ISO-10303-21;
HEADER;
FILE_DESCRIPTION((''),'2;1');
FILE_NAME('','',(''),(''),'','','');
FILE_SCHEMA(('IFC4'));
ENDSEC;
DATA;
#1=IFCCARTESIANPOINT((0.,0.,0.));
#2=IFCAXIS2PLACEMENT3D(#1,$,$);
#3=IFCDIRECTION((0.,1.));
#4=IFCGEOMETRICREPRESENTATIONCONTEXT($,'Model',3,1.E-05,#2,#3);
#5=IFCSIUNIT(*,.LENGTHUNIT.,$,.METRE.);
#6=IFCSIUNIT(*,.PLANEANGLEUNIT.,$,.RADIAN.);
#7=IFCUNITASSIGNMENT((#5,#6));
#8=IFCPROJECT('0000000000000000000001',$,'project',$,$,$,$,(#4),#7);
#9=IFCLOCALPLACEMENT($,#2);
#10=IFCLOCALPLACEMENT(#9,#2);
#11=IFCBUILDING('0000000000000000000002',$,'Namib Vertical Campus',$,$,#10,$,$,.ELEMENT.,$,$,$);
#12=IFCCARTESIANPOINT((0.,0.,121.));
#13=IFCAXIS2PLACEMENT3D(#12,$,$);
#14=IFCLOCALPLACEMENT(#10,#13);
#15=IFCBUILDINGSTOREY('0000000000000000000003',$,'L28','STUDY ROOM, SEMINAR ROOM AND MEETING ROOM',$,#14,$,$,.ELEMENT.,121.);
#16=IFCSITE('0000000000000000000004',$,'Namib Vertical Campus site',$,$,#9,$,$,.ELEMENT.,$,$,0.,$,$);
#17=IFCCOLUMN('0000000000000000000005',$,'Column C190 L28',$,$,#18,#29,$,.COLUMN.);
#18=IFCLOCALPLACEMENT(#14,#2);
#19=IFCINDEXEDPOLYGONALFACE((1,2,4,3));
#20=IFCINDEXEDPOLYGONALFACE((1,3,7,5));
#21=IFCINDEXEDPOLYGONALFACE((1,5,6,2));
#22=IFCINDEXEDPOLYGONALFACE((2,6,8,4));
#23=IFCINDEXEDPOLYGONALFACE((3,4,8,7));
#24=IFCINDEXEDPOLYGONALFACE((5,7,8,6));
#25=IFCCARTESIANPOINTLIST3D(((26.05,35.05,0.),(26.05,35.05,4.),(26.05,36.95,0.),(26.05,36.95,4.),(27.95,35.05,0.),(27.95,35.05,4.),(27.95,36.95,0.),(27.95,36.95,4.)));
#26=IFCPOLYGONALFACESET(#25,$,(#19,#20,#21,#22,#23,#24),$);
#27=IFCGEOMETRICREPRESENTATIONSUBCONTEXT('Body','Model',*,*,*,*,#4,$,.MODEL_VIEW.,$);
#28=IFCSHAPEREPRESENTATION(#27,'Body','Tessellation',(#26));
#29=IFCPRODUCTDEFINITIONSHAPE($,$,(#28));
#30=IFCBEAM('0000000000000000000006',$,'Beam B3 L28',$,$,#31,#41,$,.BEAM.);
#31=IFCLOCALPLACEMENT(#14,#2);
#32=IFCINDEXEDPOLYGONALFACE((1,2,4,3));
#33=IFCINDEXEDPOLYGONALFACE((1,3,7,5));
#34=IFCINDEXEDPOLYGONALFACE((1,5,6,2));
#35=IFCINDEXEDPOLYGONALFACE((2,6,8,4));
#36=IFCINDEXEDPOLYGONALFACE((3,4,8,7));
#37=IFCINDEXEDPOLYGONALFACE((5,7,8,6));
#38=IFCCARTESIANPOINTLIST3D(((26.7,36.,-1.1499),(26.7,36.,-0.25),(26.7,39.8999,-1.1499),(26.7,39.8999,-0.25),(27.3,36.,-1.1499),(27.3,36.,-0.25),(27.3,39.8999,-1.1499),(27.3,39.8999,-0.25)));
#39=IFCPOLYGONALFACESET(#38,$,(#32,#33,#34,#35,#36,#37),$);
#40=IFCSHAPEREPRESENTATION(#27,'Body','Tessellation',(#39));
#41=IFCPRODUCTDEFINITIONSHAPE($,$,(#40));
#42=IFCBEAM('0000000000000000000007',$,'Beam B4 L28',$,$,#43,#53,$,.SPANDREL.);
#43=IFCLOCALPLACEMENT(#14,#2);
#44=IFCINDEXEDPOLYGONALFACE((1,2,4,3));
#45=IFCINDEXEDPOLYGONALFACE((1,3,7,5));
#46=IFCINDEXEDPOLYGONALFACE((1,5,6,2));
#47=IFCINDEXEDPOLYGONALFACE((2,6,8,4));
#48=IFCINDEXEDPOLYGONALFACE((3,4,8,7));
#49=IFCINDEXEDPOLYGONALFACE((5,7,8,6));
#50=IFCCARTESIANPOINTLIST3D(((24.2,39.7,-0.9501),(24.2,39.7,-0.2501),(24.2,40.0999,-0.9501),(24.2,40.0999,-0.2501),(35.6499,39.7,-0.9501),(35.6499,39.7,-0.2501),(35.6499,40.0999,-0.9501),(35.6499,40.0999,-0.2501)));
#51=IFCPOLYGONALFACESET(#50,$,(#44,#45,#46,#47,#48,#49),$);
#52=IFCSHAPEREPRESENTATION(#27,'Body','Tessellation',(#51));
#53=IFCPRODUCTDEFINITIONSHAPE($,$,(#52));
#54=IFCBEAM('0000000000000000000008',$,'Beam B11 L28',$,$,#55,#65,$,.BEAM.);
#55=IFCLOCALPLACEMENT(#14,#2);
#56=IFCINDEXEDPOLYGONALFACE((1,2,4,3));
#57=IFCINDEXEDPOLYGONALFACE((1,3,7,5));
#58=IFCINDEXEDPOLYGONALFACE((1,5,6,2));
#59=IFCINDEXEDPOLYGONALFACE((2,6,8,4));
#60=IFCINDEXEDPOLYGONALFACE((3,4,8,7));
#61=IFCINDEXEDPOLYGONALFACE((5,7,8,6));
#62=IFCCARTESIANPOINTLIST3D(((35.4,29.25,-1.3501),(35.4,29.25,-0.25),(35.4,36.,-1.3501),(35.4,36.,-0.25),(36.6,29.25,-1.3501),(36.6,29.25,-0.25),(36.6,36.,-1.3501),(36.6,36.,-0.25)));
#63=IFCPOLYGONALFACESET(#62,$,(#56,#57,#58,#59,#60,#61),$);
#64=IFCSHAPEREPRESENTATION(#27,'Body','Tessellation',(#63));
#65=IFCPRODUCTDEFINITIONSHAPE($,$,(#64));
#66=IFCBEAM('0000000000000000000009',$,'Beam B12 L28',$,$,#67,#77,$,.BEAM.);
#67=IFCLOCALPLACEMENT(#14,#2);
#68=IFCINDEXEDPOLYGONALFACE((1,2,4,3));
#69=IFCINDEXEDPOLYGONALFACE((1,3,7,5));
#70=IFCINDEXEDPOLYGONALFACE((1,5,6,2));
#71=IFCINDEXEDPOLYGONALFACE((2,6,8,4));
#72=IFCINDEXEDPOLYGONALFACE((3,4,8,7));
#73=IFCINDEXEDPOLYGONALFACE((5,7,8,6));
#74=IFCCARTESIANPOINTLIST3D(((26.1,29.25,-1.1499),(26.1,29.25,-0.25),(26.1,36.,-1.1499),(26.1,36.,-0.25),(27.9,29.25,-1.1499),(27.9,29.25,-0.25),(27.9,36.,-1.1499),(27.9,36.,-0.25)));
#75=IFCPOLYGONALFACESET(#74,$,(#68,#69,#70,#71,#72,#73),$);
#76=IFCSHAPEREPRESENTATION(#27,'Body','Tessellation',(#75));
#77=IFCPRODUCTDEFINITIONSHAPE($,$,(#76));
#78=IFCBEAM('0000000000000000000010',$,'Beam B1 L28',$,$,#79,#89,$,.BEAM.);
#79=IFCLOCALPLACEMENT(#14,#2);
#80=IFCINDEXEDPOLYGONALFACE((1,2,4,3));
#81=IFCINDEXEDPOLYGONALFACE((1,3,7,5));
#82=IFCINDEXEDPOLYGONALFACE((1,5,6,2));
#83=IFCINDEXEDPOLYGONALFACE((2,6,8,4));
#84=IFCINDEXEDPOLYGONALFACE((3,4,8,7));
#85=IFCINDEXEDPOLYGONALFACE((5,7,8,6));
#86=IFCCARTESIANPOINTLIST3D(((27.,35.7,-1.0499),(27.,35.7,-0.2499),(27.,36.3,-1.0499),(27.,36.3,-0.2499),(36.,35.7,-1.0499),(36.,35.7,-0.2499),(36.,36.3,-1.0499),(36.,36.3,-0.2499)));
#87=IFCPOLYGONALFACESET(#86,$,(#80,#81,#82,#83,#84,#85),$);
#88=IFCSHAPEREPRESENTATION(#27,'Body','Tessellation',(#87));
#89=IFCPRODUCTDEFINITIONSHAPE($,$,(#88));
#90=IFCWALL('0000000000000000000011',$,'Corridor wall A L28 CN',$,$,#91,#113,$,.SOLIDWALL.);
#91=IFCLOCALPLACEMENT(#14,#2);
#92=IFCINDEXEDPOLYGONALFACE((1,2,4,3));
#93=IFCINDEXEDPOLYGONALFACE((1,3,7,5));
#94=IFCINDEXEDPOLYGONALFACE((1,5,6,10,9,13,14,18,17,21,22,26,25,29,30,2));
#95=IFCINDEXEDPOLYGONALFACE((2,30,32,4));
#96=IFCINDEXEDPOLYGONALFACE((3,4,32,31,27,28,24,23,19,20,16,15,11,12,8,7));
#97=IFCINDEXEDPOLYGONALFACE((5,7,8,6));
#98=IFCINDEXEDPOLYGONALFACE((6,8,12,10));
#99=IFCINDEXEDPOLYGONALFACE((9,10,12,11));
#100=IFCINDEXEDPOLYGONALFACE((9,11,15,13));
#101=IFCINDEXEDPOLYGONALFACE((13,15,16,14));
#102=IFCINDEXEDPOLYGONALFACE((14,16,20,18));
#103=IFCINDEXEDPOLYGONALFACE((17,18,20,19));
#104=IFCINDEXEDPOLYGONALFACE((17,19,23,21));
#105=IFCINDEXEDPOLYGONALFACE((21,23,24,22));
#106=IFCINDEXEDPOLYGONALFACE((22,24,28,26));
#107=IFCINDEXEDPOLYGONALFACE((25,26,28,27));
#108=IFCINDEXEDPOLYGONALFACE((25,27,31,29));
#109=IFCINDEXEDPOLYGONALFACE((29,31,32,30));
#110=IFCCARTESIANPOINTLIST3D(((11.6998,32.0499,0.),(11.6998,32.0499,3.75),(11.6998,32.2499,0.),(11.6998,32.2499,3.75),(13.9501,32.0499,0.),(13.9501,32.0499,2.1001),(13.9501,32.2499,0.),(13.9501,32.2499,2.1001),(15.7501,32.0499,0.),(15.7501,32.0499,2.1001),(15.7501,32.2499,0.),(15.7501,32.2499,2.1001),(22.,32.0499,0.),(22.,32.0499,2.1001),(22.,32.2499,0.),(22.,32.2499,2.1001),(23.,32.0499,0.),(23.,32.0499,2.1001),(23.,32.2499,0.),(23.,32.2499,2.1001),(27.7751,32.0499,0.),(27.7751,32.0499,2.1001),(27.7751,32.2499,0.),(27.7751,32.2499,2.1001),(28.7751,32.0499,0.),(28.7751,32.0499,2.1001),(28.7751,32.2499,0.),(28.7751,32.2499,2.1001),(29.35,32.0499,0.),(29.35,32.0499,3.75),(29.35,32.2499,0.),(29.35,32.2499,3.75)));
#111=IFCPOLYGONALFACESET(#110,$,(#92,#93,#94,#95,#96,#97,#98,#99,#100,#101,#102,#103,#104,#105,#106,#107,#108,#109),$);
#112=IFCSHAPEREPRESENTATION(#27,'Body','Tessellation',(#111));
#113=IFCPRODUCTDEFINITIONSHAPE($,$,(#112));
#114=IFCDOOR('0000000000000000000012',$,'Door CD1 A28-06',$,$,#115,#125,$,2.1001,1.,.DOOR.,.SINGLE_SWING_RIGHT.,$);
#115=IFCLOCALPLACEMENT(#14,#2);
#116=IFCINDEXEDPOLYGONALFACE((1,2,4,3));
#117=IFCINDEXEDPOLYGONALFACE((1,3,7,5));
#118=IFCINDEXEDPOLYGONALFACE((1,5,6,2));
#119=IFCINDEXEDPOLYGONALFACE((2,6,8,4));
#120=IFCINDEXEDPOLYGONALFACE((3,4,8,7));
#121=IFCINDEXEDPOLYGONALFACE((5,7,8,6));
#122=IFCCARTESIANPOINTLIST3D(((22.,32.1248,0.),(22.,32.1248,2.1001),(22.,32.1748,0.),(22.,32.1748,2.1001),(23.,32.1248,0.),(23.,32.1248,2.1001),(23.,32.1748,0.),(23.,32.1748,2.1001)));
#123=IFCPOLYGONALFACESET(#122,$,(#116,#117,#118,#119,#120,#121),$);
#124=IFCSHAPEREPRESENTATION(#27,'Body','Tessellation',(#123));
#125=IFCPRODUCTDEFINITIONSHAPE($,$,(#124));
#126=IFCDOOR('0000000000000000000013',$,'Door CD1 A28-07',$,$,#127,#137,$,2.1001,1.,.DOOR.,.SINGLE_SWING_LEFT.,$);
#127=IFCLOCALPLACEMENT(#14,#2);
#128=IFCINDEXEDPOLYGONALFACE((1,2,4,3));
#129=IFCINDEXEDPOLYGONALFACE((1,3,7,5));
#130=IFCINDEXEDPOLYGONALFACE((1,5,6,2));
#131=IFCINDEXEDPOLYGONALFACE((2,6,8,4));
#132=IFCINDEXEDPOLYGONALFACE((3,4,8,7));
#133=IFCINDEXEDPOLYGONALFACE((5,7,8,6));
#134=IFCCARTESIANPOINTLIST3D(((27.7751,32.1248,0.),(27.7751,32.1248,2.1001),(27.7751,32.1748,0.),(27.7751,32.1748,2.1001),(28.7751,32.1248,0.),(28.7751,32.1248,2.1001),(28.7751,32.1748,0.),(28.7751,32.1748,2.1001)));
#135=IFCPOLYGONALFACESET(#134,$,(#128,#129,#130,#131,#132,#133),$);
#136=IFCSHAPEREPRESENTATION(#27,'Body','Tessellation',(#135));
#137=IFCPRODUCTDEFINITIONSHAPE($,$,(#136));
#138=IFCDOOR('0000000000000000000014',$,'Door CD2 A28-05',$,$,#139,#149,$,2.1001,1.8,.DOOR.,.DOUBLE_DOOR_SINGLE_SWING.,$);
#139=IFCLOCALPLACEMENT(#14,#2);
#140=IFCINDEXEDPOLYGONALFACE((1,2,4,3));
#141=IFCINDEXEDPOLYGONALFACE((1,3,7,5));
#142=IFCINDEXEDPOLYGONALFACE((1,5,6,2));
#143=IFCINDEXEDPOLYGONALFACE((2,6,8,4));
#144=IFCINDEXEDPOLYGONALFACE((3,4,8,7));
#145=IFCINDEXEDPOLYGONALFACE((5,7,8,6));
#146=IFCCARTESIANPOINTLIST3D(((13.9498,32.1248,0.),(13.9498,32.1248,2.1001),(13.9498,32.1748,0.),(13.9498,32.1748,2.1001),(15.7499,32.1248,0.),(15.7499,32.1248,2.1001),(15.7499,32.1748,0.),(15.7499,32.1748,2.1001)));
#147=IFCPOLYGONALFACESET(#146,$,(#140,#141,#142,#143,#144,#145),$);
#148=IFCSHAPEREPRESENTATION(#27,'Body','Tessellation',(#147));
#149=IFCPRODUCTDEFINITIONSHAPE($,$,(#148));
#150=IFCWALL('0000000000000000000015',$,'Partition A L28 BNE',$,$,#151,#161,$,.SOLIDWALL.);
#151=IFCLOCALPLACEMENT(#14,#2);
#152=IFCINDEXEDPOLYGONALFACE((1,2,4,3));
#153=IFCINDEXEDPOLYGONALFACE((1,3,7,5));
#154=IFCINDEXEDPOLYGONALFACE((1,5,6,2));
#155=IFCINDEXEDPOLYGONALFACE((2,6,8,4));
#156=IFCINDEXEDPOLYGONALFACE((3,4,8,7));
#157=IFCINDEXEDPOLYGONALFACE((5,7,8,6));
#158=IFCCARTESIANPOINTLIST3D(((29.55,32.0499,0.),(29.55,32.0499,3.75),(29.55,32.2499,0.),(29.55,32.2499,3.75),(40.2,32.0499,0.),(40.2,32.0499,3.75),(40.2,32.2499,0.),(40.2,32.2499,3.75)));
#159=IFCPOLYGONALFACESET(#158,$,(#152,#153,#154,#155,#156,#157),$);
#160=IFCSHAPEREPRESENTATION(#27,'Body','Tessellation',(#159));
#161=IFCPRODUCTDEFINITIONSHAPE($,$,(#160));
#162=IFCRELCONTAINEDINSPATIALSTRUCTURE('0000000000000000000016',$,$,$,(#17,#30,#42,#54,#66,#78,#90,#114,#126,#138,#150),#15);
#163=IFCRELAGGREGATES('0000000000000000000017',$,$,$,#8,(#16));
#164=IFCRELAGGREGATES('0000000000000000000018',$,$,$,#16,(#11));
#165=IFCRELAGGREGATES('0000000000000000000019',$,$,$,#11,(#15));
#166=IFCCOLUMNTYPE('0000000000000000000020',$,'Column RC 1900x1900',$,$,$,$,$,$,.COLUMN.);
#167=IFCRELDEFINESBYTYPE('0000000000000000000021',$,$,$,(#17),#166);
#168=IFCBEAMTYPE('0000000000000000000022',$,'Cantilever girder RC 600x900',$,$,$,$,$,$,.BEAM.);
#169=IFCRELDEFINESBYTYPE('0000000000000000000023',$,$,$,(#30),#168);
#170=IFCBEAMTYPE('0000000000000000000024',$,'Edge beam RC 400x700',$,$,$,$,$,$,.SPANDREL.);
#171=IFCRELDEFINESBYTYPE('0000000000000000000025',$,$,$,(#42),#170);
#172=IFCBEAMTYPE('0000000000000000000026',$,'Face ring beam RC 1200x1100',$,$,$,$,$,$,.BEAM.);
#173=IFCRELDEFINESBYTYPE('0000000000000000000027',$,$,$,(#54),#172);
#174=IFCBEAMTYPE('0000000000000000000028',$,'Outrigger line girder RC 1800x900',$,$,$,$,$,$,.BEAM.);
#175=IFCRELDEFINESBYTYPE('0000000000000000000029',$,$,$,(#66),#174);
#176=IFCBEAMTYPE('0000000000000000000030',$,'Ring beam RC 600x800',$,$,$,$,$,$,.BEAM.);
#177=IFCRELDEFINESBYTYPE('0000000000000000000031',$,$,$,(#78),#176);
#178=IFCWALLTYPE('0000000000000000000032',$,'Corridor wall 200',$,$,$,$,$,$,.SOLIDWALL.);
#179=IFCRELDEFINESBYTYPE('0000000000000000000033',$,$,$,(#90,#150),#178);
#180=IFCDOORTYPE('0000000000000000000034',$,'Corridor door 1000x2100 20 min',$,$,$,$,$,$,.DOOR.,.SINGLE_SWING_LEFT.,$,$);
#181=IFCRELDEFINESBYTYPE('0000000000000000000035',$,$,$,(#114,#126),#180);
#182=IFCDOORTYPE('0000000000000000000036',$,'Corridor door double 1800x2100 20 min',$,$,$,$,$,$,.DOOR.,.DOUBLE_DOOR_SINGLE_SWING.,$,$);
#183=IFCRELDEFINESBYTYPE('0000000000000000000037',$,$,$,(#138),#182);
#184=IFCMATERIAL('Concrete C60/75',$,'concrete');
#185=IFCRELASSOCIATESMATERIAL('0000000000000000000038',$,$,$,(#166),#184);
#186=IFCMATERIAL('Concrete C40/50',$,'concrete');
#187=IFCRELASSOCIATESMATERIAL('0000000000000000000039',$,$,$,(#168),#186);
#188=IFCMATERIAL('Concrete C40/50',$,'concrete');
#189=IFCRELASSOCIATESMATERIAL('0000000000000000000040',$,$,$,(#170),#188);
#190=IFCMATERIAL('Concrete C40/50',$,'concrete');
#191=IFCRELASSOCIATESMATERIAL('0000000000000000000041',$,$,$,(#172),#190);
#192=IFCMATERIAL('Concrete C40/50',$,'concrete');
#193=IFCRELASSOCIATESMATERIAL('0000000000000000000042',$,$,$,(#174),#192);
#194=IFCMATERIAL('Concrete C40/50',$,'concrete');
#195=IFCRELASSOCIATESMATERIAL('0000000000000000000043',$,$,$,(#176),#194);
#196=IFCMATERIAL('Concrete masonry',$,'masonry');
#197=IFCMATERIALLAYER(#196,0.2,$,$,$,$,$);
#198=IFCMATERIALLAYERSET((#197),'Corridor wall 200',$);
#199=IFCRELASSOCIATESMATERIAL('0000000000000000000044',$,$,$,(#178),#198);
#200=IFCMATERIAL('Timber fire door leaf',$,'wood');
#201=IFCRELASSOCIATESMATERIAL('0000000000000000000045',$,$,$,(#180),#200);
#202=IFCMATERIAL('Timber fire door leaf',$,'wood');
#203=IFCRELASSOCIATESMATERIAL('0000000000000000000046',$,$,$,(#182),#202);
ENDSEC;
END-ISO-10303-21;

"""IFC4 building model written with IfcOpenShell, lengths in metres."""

from ifc_helpers import new_model, si_unit, direction, frame, frame_2d, origin, origin_2d, place, context, subcontext, project, spatial, rectangle, extrude, material, layer, layer_set, material_profile, profile_set, type_object, element, fill, save


model = new_model("IFC4")

# Units and contexts
model_context = context("Model", 3, precision=1e-05, world=origin(), true_north=direction((0.0, 1.0)))
body_context = subcontext(model_context, "Body", "Model", "MODEL_VIEW")
ifc_project = project(units=[si_unit("LENGTHUNIT", "METRE"), si_unit("PLANEANGLEUNIT", "RADIAN")], contexts=[model_context])

# Site, building, storey
site_placement = place(None, origin())
site = spatial("IfcSite", under=ifc_project, at=site_placement, Name="Namib Vertical Campus site", CompositionType="ELEMENT", RefElevation=0.0)
building_placement = place(site_placement, origin())
building = spatial("IfcBuilding", under=site, at=building_placement, Name="Namib Vertical Campus", CompositionType="ELEMENT")
storey_placement = place(building_placement, frame((0.0, 0.0, 121.0)))
storey = spatial("IfcBuildingStorey", under=building, at=storey_placement, Name="L28", Description="STUDY ROOM, SEMINAR ROOM AND MEETING ROOM", CompositionType="ELEMENT", Elevation=121.0)

# Column
ifc_material_1 = material(Name="Concrete C60/75", Category="concrete")
ifc_material_profile_1 = material_profile(ifc_material_1, rectangle(XDim=1.8999, YDim=1.8999, at=origin_2d()))
ifc_profile_set_1 = profile_set([ifc_material_profile_1], Name="Concrete C60/75")
column_type = type_object("IfcColumnType", Name="Column RC 1900x1900", PredefinedType="COLUMN", material=ifc_profile_set_1)
column_placement = place(storey_placement, frame((27.0, 36.0, 0.0), z_axis=(0.0, 0.0, 1.0), x_axis=(1.0, 0.0, 0.0)))
element("IfcColumn", 1, at=column_placement, inside=storey, type_object=column_type, Name="Column C190 L28", PredefinedType="COLUMN", context=body_context, shape_type="SweptSolid", body=[
    extrude(rectangle(XDim=1.8999, YDim=1.8999, at=origin_2d()), origin(), (0.0, 0.0, 1.0), 4.0),
])

# Beams
ifc_material_2 = material(Name="Concrete C40/50", Category="concrete")
ifc_material_profile_2 = material_profile(ifc_material_2, rectangle(XDim=0.6001, YDim=0.8999, at=origin_2d()))
ifc_profile_set_2 = profile_set([ifc_material_profile_2], Name="Concrete C40/50")
beam_type_1 = type_object("IfcBeamType", Name="Cantilever girder RC 600x900", PredefinedType="BEAM", material=ifc_profile_set_2)
beam_1_placement = place(storey_placement, frame((27.0, 36.0, -0.7), z_axis=(0.0, 1.0, 0.0), x_axis=(-1.0, 0.0, 0.0)))
element("IfcBeam", 2, at=beam_1_placement, inside=storey, type_object=beam_type_1, Name="Beam B3 L28", PredefinedType="BEAM", context=body_context, shape_type="SweptSolid", body=[
    extrude(rectangle(XDim=0.6001, YDim=0.8999, at=origin_2d()), origin(), (0.0, 0.0, 1.0), 3.8999),
])
ifc_material_3 = material(Name="Concrete C40/50", Category="concrete")
ifc_material_profile_3 = material_profile(ifc_material_3, rectangle(XDim=0.3999, YDim=0.7, at=origin_2d()))
ifc_profile_set_3 = profile_set([ifc_material_profile_3], Name="Concrete C40/50")
beam_type_2 = type_object("IfcBeamType", Name="Edge beam RC 400x700", PredefinedType="SPANDREL", material=ifc_profile_set_3)
beam_2_placement = place(storey_placement, frame((24.2, 39.8999, -0.6001), z_axis=(1.0, 0.0, 0.0), x_axis=(0.0, 1.0, 0.0)))
element("IfcBeam", 3, at=beam_2_placement, inside=storey, type_object=beam_type_2, Name="Beam B4 L28", PredefinedType="SPANDREL", context=body_context, shape_type="SweptSolid", body=[
    extrude(rectangle(XDim=0.3999, YDim=0.7, at=origin_2d()), origin(), (0.0, 0.0, 1.0), 11.45),
])
ifc_material_4 = material(Name="Concrete C40/50", Category="concrete")
ifc_material_profile_4 = material_profile(ifc_material_4, rectangle(XDim=1.2, YDim=1.1001, at=origin_2d()))
ifc_profile_set_4 = profile_set([ifc_material_profile_4], Name="Concrete C40/50")
beam_type_3 = type_object("IfcBeamType", Name="Face ring beam RC 1200x1100", PredefinedType="BEAM", material=ifc_profile_set_4)
beam_3_placement = place(storey_placement, frame((36.0, 29.25, -0.8), z_axis=(0.0, 1.0, 0.0), x_axis=(-1.0, 0.0, 0.0)))
element("IfcBeam", 4, at=beam_3_placement, inside=storey, type_object=beam_type_3, Name="Beam B11 L28", PredefinedType="BEAM", context=body_context, shape_type="SweptSolid", body=[
    extrude(rectangle(XDim=1.2, YDim=1.1001, at=origin_2d()), origin(), (0.0, 0.0, 1.0), 6.75),
])
ifc_material_5 = material(Name="Concrete C40/50", Category="concrete")
ifc_material_profile_5 = material_profile(ifc_material_5, rectangle(XDim=1.8, YDim=0.8999, at=origin_2d()))
ifc_profile_set_5 = profile_set([ifc_material_profile_5], Name="Concrete C40/50")
beam_type_4 = type_object("IfcBeamType", Name="Outrigger line girder RC 1800x900", PredefinedType="BEAM", material=ifc_profile_set_5)
beam_4_placement = place(storey_placement, frame((27.0, 36.0, -0.7), z_axis=(0.0, -1.0, 0.0), x_axis=(1.0, 0.0, 0.0)))
element("IfcBeam", 5, at=beam_4_placement, inside=storey, type_object=beam_type_4, Name="Beam B12 L28", PredefinedType="BEAM", context=body_context, shape_type="SweptSolid", body=[
    extrude(rectangle(XDim=1.8, YDim=0.8999, at=origin_2d()), origin(), (0.0, 0.0, 1.0), 6.75),
])
ifc_material_6 = material(Name="Concrete C40/50", Category="concrete")
ifc_material_profile_6 = material_profile(ifc_material_6, rectangle(XDim=0.6001, YDim=0.8, at=origin_2d()))
ifc_profile_set_6 = profile_set([ifc_material_profile_6], Name="Concrete C40/50")
beam_type_5 = type_object("IfcBeamType", Name="Ring beam RC 600x800", PredefinedType="BEAM", material=ifc_profile_set_6)
beam_5_placement = place(storey_placement, frame((27.0, 36.0, -0.6499), z_axis=(1.0, 0.0, 0.0), x_axis=(0.0, 1.0, 0.0)))
element("IfcBeam", 6, at=beam_5_placement, inside=storey, type_object=beam_type_5, Name="Beam B1 L28", PredefinedType="BEAM", context=body_context, shape_type="SweptSolid", body=[
    extrude(rectangle(XDim=0.6001, YDim=0.8, at=origin_2d()), origin(), (0.0, 0.0, 1.0), 9.0),
])

# Wall, openings, doors
ifc_material_7 = material(Name="Concrete masonry", Category="masonry")
ifc_layer_1 = layer(ifc_material_7, 0.2)
ifc_layer_set_1 = layer_set([ifc_layer_1], Name="Corridor wall 200")
wall_type_1 = type_object("IfcWallType", Name="Corridor wall 200", PredefinedType="SOLIDWALL", material=ifc_layer_set_1)
wall_1_placement = place(storey_placement, frame((29.3501, 32.1499, 0.0), z_axis=(0.0, 0.0, 1.0), x_axis=(-1.0, 0.0, 0.0)))
wall_1 = element("IfcWall", 7, at=wall_1_placement, inside=storey, type_object=wall_type_1, Name="Corridor wall A L28 CN", PredefinedType="SOLIDWALL", context=body_context, shape_type="SweptSolid", body=[
    extrude(rectangle(XDim=17.6501, YDim=0.2, at=frame_2d((8.8252, 0.0))), origin(), (0.0, 0.0, 1.0), 3.75),
])
opening_1_placement = place(wall_1_placement, frame((13.6001, 0.0, 0.0)))
opening_1 = element("IfcOpeningElement", 8, at=opening_1_placement, cuts=wall_1, PredefinedType="OPENING", context=body_context, shape_type="SweptSolid", body=[
    extrude(rectangle(XDim=1.8, YDim=2.1001, at=frame_2d((0.8999, 1.05))), frame((0.0, 0.1099, 0.0), z_axis=(0.0, -1.0, 0.0), x_axis=(1.0, 0.0, 0.0)), (0.0, 0.0, 1.0), 0.22),
])
opening_2_placement = place(wall_1_placement, frame((6.3501, 0.0, 0.0)))
opening_2 = element("IfcOpeningElement", 9, at=opening_2_placement, cuts=wall_1, PredefinedType="OPENING", context=body_context, shape_type="SweptSolid", body=[
    extrude(rectangle(XDim=1.0, YDim=2.1001, at=frame_2d((0.5, 1.05))), frame((0.0, 0.1099, 0.0), z_axis=(0.0, -1.0, 0.0), x_axis=(1.0, 0.0, 0.0)), (0.0, 0.0, 1.0), 0.22),
])
opening_3_placement = place(wall_1_placement, frame((0.575, 0.0, 0.0)))
opening_3 = element("IfcOpeningElement", 10, at=opening_3_placement, cuts=wall_1, PredefinedType="OPENING", context=body_context, shape_type="SweptSolid", body=[
    extrude(rectangle(XDim=1.0, YDim=2.1001, at=frame_2d((0.5, 1.05))), frame((0.0, 0.1099, 0.0), z_axis=(0.0, -1.0, 0.0), x_axis=(1.0, 0.0, 0.0)), (0.0, 0.0, 1.0), 0.22),
])
ifc_material_8 = material(Name="Timber fire door leaf", Category="wood")
door_type_1 = type_object("IfcDoorType", Name="Corridor door 1000x2100 20 min", OperationType="SINGLE_SWING_LEFT", PredefinedType="DOOR", material=ifc_material_8)
door_1_placement = place(opening_2_placement, frame((1.0, 0.0, 0.0), z_axis=(0.0, 0.0, 1.0), x_axis=(-1.0, 0.0, 0.0)))
door_1 = element("IfcDoor", 11, at=door_1_placement, inside=storey, type_object=door_type_1, Name="Door CD1 A28-06", OperationType="SINGLE_SWING_RIGHT", OverallHeight=2.1001, OverallWidth=1.0, PredefinedType="DOOR", context=body_context, shape_type="SweptSolid", body=[
    extrude(rectangle(XDim=1.0, YDim=2.1001, at=frame_2d((0.5, 1.05))), frame((0.0, 0.0249, 0.0), z_axis=(0.0, -1.0, 0.0), x_axis=(1.0, 0.0, 0.0)), (0.0, 0.0, 1.0), 0.05),
])
fill(opening_2, door_1)
door_2_placement = place(opening_3_placement, frame((1.0, 0.0, 0.0), z_axis=(0.0, 0.0, 1.0), x_axis=(-1.0, 0.0, 0.0)))
door_2 = element("IfcDoor", 12, at=door_2_placement, inside=storey, type_object=door_type_1, Name="Door CD1 A28-07", OperationType="SINGLE_SWING_LEFT", OverallHeight=2.1001, OverallWidth=1.0, PredefinedType="DOOR", context=body_context, shape_type="SweptSolid", body=[
    extrude(rectangle(XDim=1.0, YDim=2.1001, at=frame_2d((0.5, 1.05))), frame((0.0, 0.0249, 0.0), z_axis=(0.0, -1.0, 0.0), x_axis=(1.0, 0.0, 0.0)), (0.0, 0.0, 1.0), 0.05),
])
fill(opening_3, door_2)
ifc_material_9 = material(Name="Timber fire door leaf", Category="wood")
door_type_2 = type_object("IfcDoorType", Name="Corridor door double 1800x2100 20 min", OperationType="DOUBLE_DOOR_SINGLE_SWING", PredefinedType="DOOR", material=ifc_material_9)
door_3_placement = place(opening_1_placement, frame((1.8, 0.0, 0.0), z_axis=(0.0, 0.0, 1.0), x_axis=(-1.0, 0.0, 0.0)))
door_3 = element("IfcDoor", 13, at=door_3_placement, inside=storey, type_object=door_type_2, Name="Door CD2 A28-05", OperationType="DOUBLE_DOOR_SINGLE_SWING", OverallHeight=2.1001, OverallWidth=1.8, PredefinedType="DOOR", context=body_context, shape_type="SweptSolid", body=[
    extrude(rectangle(XDim=1.8, YDim=2.1001, at=frame_2d((0.8999, 1.05))), frame((0.0, 0.0249, 0.0), z_axis=(0.0, -1.0, 0.0), x_axis=(1.0, 0.0, 0.0)), (0.0, 0.0, 1.0), 0.05),
])
fill(opening_1, door_3)

# Wall
wall_2_placement = place(storey_placement, frame((29.55, 32.1499, 0.0), z_axis=(0.0, 0.0, 1.0), x_axis=(1.0, 0.0, 0.0)))
element("IfcWall", 14, at=wall_2_placement, inside=storey, type_object=wall_type_1, Name="Partition A L28 BNE", PredefinedType="SOLIDWALL", context=body_context, shape_type="SweptSolid", body=[
    extrude(rectangle(XDim=10.6499, YDim=0.2, at=frame_2d((5.325, 0.0))), origin(), (0.0, 0.0, 1.0), 3.75),
])

save(model, "model.ifc")
